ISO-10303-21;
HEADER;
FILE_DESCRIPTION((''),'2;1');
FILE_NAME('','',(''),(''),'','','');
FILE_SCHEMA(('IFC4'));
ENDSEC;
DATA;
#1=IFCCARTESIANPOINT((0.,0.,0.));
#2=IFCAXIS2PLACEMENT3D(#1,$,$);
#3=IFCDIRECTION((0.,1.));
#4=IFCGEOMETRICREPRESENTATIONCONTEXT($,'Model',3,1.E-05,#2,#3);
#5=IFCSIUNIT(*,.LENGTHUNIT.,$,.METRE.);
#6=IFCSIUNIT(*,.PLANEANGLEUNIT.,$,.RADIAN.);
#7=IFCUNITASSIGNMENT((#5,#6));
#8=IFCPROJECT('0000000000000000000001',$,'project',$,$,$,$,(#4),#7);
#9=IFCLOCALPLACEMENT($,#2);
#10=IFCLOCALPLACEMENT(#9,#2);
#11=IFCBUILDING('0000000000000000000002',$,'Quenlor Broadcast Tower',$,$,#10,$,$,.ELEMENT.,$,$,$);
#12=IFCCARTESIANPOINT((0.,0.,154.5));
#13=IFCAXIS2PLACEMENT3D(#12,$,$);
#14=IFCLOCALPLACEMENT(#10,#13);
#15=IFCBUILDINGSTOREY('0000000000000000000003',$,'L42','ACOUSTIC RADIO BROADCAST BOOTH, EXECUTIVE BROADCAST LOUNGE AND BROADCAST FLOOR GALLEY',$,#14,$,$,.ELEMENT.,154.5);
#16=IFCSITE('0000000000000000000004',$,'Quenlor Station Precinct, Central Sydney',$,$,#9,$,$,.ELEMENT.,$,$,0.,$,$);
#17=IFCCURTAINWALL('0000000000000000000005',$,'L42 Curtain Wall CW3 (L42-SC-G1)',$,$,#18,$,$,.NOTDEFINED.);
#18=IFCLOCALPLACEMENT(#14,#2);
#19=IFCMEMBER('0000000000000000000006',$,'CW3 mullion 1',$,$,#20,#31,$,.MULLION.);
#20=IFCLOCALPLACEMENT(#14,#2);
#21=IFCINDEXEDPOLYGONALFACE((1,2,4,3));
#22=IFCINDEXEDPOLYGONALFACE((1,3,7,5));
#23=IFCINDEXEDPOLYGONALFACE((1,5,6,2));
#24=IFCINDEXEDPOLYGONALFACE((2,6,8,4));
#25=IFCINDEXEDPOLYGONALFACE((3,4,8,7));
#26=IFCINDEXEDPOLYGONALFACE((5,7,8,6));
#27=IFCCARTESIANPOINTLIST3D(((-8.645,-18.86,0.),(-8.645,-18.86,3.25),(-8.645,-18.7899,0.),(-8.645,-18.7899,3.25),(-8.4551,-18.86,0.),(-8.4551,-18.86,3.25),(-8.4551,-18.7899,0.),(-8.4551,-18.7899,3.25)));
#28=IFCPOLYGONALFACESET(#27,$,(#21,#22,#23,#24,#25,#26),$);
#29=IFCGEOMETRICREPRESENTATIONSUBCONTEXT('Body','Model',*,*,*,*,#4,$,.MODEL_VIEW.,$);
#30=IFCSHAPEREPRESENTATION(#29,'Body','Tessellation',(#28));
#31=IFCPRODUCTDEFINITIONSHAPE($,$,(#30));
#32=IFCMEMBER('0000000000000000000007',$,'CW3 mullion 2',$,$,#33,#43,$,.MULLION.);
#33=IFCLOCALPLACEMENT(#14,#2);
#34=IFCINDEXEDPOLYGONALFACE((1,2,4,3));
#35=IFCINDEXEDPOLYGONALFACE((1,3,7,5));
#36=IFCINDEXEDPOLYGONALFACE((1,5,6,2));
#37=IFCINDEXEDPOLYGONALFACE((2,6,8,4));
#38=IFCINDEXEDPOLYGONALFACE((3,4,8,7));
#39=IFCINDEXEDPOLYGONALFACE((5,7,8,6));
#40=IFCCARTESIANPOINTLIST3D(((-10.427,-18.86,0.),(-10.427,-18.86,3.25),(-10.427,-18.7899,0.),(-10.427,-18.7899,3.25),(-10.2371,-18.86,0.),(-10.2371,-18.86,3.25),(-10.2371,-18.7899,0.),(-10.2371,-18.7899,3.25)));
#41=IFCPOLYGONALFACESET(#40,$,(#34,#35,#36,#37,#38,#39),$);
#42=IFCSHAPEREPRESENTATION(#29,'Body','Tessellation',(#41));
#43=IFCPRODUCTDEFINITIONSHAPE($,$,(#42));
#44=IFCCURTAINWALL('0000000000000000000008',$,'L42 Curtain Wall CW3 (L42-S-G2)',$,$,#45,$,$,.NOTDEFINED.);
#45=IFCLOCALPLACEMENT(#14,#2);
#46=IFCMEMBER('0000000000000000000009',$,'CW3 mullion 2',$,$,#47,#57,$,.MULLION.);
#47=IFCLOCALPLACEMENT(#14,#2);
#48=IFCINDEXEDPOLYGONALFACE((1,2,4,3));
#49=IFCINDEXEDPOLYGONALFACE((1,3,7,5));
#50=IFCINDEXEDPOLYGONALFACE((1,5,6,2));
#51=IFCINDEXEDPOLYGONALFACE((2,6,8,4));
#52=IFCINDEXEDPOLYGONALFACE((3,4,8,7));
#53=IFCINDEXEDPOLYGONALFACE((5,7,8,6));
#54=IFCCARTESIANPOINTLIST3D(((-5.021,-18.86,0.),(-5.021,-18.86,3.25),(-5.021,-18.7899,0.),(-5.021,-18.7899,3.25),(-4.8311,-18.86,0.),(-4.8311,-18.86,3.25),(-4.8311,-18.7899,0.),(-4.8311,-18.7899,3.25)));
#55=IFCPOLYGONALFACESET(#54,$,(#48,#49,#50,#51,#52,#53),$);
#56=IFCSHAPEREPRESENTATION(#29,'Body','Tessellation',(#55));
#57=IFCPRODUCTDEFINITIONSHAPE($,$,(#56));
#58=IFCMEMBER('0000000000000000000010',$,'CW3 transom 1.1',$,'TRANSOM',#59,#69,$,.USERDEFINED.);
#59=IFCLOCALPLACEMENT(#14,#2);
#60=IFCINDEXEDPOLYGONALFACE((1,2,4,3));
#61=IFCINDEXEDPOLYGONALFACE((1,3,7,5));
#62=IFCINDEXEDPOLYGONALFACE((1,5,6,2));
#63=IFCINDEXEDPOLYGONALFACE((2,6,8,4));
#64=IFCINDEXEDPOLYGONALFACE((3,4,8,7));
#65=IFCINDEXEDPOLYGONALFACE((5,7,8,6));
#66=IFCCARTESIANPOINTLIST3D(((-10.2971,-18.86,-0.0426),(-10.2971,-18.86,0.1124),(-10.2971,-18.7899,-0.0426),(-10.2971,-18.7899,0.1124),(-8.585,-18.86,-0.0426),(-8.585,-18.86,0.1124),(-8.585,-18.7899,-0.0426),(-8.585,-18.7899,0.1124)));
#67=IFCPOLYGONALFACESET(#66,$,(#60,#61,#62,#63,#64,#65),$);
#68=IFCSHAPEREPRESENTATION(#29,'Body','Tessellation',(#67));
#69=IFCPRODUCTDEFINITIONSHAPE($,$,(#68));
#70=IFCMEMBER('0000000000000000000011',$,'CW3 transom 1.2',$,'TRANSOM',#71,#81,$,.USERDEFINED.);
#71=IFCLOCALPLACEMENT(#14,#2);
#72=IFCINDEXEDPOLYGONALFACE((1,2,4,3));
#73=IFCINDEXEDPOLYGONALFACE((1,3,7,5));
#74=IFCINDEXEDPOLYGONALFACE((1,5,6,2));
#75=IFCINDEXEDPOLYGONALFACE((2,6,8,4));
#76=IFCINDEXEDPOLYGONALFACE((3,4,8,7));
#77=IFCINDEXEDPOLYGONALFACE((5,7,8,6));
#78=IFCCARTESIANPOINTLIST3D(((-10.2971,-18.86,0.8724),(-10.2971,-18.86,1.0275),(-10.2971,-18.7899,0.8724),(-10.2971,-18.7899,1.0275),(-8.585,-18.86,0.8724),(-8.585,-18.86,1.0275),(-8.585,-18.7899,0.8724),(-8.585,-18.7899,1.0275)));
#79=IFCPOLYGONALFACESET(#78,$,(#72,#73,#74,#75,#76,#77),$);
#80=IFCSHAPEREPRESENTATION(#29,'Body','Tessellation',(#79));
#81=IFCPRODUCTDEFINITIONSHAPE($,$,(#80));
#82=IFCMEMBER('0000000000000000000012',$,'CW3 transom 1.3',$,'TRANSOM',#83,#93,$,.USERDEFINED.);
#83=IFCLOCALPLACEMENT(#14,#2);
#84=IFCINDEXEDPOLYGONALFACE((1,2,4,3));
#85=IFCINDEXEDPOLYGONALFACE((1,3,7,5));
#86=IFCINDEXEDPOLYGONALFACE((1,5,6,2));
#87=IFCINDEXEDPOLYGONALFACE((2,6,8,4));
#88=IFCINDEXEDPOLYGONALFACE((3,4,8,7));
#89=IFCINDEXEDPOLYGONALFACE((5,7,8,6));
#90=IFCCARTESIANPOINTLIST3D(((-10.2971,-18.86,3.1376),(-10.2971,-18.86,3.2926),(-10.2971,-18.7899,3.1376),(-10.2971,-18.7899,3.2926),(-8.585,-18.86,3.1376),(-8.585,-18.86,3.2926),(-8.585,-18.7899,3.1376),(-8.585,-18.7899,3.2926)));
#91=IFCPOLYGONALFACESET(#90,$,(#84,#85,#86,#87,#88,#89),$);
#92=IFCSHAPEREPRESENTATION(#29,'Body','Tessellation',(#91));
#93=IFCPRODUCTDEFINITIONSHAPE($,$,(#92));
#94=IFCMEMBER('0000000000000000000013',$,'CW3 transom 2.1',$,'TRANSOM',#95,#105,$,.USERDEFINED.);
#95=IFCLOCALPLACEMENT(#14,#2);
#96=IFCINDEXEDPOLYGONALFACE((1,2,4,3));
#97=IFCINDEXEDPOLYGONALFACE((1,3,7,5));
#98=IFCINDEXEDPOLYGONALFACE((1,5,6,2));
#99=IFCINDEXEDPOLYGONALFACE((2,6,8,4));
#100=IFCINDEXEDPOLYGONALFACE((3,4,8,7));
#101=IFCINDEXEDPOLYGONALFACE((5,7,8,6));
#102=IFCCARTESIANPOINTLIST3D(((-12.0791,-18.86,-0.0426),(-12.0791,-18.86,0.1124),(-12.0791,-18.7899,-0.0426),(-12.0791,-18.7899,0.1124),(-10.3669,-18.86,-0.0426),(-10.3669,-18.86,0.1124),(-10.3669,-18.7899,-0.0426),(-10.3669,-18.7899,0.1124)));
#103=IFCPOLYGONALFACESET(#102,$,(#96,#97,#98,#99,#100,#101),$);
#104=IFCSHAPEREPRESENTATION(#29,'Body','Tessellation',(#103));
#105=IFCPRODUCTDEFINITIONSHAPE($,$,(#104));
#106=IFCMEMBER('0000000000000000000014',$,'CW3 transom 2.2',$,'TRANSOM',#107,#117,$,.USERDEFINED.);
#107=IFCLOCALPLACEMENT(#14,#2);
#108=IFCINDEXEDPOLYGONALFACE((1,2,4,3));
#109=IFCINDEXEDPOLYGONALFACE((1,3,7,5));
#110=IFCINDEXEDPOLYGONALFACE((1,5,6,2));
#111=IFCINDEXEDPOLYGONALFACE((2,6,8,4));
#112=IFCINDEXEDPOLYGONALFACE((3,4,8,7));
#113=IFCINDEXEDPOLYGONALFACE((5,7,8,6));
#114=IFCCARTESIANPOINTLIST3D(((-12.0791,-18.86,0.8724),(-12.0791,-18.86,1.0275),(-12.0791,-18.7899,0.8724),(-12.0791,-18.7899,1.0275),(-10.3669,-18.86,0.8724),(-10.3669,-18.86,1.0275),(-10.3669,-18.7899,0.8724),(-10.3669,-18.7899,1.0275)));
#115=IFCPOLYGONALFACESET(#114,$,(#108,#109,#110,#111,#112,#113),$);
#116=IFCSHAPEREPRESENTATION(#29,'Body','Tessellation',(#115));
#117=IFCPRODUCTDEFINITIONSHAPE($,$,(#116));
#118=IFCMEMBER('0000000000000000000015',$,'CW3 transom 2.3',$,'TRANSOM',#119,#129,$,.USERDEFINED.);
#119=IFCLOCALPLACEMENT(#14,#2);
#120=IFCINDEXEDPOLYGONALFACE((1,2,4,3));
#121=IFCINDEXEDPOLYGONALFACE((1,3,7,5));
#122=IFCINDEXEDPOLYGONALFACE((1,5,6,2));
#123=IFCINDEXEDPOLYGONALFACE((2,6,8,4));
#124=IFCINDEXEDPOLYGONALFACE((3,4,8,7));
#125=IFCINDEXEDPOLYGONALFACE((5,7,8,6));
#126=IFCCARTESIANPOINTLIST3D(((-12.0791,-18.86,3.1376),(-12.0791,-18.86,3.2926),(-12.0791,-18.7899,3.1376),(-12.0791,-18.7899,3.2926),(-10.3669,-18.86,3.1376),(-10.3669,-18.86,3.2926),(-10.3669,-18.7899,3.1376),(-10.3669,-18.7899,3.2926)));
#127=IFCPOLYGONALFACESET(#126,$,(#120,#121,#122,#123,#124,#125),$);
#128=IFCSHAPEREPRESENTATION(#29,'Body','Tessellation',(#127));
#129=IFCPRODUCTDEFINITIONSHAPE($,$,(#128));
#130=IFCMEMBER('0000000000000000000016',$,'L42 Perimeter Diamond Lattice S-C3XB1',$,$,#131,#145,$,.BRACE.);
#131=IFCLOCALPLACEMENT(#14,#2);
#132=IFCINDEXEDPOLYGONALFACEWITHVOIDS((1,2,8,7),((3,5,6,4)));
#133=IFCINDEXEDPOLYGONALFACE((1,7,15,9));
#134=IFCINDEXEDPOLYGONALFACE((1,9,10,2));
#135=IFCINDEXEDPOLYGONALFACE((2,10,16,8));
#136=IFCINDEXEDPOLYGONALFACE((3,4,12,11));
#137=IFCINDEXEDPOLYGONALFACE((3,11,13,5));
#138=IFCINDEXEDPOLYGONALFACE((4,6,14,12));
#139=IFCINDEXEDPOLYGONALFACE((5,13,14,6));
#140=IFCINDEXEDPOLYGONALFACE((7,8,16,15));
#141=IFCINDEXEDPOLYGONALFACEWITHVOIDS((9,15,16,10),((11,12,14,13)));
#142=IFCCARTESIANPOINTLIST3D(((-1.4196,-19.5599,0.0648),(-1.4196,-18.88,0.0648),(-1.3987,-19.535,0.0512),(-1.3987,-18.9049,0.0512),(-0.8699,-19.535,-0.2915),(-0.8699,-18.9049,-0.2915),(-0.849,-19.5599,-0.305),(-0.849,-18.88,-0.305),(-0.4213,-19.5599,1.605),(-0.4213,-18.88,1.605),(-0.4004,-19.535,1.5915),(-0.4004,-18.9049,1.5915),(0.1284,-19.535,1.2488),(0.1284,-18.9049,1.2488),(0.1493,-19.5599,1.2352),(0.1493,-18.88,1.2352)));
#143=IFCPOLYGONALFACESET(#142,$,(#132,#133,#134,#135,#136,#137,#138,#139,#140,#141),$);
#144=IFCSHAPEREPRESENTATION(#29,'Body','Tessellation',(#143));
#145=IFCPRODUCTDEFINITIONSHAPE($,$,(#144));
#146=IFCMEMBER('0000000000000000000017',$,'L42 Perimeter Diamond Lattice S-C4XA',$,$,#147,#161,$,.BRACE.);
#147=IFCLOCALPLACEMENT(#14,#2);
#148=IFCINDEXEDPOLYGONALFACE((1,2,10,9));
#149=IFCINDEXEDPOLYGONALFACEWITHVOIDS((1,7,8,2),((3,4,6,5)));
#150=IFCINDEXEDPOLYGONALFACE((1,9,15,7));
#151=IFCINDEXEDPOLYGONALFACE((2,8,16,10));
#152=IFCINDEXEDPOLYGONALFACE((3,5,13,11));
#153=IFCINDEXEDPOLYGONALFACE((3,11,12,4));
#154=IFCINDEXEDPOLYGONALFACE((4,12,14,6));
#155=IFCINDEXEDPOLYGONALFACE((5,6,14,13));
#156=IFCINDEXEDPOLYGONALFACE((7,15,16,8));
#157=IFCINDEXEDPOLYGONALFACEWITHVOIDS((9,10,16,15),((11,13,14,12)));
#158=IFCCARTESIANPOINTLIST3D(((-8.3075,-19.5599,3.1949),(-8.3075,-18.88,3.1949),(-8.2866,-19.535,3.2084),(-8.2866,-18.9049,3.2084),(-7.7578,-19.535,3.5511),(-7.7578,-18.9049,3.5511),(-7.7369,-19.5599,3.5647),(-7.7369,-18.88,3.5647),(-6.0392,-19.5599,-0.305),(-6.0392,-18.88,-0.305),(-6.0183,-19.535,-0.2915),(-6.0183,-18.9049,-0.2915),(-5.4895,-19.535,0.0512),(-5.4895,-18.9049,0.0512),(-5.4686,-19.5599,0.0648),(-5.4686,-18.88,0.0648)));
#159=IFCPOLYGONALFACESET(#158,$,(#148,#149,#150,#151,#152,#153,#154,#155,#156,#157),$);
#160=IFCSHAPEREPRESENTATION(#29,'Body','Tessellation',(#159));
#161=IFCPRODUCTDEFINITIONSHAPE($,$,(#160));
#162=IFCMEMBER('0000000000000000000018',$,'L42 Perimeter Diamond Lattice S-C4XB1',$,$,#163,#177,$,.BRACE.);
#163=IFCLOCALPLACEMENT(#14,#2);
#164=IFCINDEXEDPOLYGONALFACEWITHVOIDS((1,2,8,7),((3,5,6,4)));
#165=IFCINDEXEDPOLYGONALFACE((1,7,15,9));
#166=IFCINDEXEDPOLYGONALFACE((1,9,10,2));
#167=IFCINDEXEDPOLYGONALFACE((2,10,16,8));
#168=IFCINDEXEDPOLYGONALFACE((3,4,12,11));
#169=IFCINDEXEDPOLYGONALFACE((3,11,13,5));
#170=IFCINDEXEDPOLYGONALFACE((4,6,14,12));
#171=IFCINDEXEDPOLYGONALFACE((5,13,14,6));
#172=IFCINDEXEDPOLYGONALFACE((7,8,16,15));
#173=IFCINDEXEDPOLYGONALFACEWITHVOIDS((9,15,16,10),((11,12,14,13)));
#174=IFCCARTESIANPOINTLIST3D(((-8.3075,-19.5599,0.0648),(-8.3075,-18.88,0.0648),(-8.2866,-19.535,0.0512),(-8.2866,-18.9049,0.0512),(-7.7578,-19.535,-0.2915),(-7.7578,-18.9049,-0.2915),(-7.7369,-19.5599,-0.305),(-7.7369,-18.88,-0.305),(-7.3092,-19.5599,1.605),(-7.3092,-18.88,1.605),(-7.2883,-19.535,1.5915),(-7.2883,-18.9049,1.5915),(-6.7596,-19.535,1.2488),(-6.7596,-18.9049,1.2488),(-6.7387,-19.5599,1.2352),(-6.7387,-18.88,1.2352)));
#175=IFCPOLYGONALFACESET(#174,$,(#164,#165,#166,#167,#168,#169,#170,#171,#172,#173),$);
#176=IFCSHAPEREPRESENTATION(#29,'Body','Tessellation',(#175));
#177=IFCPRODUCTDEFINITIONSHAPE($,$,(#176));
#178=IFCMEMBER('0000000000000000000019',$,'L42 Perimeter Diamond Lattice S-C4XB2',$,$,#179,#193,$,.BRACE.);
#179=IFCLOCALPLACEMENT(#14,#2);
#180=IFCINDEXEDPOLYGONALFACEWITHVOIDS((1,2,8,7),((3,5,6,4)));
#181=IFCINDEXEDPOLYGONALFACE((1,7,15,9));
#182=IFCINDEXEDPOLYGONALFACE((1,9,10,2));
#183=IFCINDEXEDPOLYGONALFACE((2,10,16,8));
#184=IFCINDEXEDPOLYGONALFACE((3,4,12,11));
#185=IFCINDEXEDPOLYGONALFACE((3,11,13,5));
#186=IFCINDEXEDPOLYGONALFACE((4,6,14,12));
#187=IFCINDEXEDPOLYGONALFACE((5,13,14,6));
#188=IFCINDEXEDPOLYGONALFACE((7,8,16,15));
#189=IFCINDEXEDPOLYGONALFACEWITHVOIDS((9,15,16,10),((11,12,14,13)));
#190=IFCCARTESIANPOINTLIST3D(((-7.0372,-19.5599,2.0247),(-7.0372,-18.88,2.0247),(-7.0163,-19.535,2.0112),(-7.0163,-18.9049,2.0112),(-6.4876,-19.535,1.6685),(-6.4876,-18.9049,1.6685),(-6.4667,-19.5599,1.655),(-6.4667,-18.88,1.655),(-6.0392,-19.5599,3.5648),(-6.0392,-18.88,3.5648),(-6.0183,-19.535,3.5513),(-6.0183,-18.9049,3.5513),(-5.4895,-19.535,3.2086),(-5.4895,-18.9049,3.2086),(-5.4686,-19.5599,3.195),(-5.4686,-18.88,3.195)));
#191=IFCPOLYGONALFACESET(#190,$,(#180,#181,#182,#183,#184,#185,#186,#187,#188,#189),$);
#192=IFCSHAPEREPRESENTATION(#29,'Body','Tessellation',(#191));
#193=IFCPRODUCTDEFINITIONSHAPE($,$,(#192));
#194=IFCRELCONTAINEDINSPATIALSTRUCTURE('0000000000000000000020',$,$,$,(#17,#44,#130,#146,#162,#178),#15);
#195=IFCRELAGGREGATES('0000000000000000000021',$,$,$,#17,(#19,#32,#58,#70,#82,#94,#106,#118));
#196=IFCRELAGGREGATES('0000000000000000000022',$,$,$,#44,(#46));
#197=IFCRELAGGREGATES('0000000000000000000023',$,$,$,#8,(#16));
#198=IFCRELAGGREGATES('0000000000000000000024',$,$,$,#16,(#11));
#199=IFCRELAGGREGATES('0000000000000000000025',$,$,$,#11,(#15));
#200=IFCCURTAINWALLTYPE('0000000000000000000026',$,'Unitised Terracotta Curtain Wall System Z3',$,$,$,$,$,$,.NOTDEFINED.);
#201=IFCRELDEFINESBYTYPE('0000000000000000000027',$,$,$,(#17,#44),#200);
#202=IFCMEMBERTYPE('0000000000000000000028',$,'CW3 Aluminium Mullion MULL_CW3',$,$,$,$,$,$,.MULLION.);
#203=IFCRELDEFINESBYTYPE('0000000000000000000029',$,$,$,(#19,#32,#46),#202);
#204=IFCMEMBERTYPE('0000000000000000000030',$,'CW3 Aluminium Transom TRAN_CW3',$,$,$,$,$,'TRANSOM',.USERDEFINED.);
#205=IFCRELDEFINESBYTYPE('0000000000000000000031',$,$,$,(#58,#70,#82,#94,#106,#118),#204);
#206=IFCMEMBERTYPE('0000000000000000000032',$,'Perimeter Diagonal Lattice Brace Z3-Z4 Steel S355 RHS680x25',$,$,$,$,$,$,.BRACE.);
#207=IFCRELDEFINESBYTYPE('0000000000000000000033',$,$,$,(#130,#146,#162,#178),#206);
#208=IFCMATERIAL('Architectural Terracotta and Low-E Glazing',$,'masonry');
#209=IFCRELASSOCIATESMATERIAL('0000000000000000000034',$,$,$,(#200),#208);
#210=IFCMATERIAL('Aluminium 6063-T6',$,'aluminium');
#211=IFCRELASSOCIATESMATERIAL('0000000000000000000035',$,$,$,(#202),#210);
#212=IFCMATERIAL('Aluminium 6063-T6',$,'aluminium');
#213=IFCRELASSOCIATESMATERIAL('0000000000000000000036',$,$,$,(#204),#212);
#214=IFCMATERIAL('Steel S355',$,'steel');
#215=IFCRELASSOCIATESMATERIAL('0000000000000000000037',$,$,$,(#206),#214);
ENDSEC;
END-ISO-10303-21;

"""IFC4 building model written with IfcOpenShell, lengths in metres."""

from ifc_helpers import new_model, si_unit, direction, frame, origin, origin_2d, place, context, subcontext, project, spatial, rectangle, hollow_rectangle, extrude, material, material_profile, profile_set, type_object, element, aggregate, save


model = new_model("IFC4")

# Units and contexts
model_context = context("Model", 3, precision=1e-05, world=origin(), true_north=direction((0.0, 1.0)))
body_context = subcontext(model_context, "Body", "Model", "MODEL_VIEW")
ifc_project = project(units=[si_unit("LENGTHUNIT", "METRE"), si_unit("PLANEANGLEUNIT", "RADIAN")], contexts=[model_context])

# Site, building, storey
site_placement = place(None, origin())
site = spatial("IfcSite", under=ifc_project, at=site_placement, Name="Quenlor Station Precinct, Central Sydney", CompositionType="ELEMENT", RefElevation=0.0)
building_placement = place(site_placement, origin())
building = spatial("IfcBuilding", under=site, at=building_placement, Name="Quenlor Broadcast Tower", CompositionType="ELEMENT")
storey_placement = place(building_placement, frame((0.0, 0.0, 154.5)))
storey = spatial("IfcBuildingStorey", under=building, at=storey_placement, Name="L42", Description="ACOUSTIC RADIO BROADCAST BOOTH, EXECUTIVE BROADCAST LOUNGE AND BROADCAST FLOOR GALLEY", CompositionType="ELEMENT", Elevation=154.5)

# Curtain wall, members
ifc_material_1 = material(Name="Architectural Terracotta and Low-E Glazing", Category="masonry")
curtain_wall_type = type_object("IfcCurtainWallType", Name="Unitised Terracotta Curtain Wall System Z3", PredefinedType="NOTDEFINED", material=ifc_material_1)
curtain_wall_1_placement = place(storey_placement, origin())
curtain_wall_1 = element("IfcCurtainWall", 1, at=curtain_wall_1_placement, inside=storey, type_object=curtain_wall_type, Name="L42 Curtain Wall CW3 (L42-SC-G1)", PredefinedType="NOTDEFINED")
ifc_material_2 = material(Name="Aluminium 6063-T6", Category="aluminium")
ifc_material_profile_1 = material_profile(ifc_material_2, rectangle(XDim=0.0701, YDim=0.1899, at=origin_2d()))
ifc_profile_set_1 = profile_set([ifc_material_profile_1], Name="Aluminium 6063-T6 MULL70x190")
member_type_1 = type_object("IfcMemberType", Name="CW3 Aluminium Mullion MULL_CW3", PredefinedType="MULLION", material=ifc_profile_set_1)
member_1_placement = place(storey_placement, frame((-8.55, -18.825, 0.0), z_axis=(0.0, 0.0, 1.0), x_axis=(0.0, -1.0, 0.0)))
member_1 = element("IfcMember", 2, at=member_1_placement, type_object=member_type_1, Name="CW3 mullion 1", PredefinedType="MULLION", context=body_context, shape_type="SweptSolid", body=[
    extrude(rectangle(XDim=0.0701, YDim=0.1899, at=origin_2d()), origin(), (0.0, 0.0, 1.0), 3.25),
])
member_2_placement = place(storey_placement, frame((-10.332, -18.825, 0.0), z_axis=(0.0, 0.0, 1.0), x_axis=(0.0, -1.0, 0.0)))
member_2 = element("IfcMember", 3, at=member_2_placement, type_object=member_type_1, Name="CW3 mullion 2", PredefinedType="MULLION", context=body_context, shape_type="SweptSolid", body=[
    extrude(rectangle(XDim=0.0701, YDim=0.1899, at=origin_2d()), origin(), (0.0, 0.0, 1.0), 3.25),
])

# Curtain wall, member
curtain_wall_2_placement = place(storey_placement, origin())
curtain_wall_2 = element("IfcCurtainWall", 4, at=curtain_wall_2_placement, inside=storey, type_object=curtain_wall_type, Name="L42 Curtain Wall CW3 (L42-S-G2)", PredefinedType="NOTDEFINED")
member_3_placement = place(storey_placement, frame((-4.926, -18.825, 0.0), z_axis=(0.0, 0.0, 1.0), x_axis=(0.0, -1.0, 0.0)))
member_3 = element("IfcMember", 5, at=member_3_placement, type_object=member_type_1, Name="CW3 mullion 2", PredefinedType="MULLION", context=body_context, shape_type="SweptSolid", body=[
    extrude(rectangle(XDim=0.0701, YDim=0.1899, at=origin_2d()), origin(), (0.0, 0.0, 1.0), 3.25),
])

# Members
ifc_material_3 = material(Name="Aluminium 6063-T6", Category="aluminium")
ifc_material_profile_2 = material_profile(ifc_material_3, rectangle(XDim=0.0701, YDim=0.155, at=origin_2d()))
ifc_profile_set_2 = profile_set([ifc_material_profile_2], Name="Aluminium 6063-T6 TRAN70x155")
member_type_2 = type_object("IfcMemberType", Name="CW3 Aluminium Transom TRAN_CW3", ElementType="TRANSOM", PredefinedType="USERDEFINED", material=ifc_profile_set_2)
member_4_placement = place(storey_placement, frame((-8.585, -18.825, 0.0349), z_axis=(-1.0, 0.0, 0.0), x_axis=(0.0, -1.0, 0.0)))
member_4 = element("IfcMember", 6, at=member_4_placement, type_object=member_type_2, Name="CW3 transom 1.1", ObjectType="TRANSOM", PredefinedType="USERDEFINED", context=body_context, shape_type="SweptSolid", body=[
    extrude(rectangle(XDim=0.0701, YDim=0.155, at=origin_2d()), origin(), (0.0, 0.0, 1.0), 1.7122),
])
member_5_placement = place(storey_placement, frame((-8.585, -18.825, 0.95), z_axis=(-1.0, 0.0, 0.0), x_axis=(0.0, -1.0, 0.0)))
member_5 = element("IfcMember", 7, at=member_5_placement, type_object=member_type_2, Name="CW3 transom 1.2", ObjectType="TRANSOM", PredefinedType="USERDEFINED", context=body_context, shape_type="SweptSolid", body=[
    extrude(rectangle(XDim=0.0701, YDim=0.155, at=origin_2d()), origin(), (0.0, 0.0, 1.0), 1.7122),
])
member_6_placement = place(storey_placement, frame((-8.585, -18.825, 3.2151), z_axis=(-1.0, 0.0, 0.0), x_axis=(0.0, -1.0, 0.0)))
member_6 = element("IfcMember", 8, at=member_6_placement, type_object=member_type_2, Name="CW3 transom 1.3", ObjectType="TRANSOM", PredefinedType="USERDEFINED", context=body_context, shape_type="SweptSolid", body=[
    extrude(rectangle(XDim=0.0701, YDim=0.155, at=origin_2d()), origin(), (0.0, 0.0, 1.0), 1.7122),
])
member_7_placement = place(storey_placement, frame((-10.3669, -18.825, 0.0349), z_axis=(-1.0, 0.0, 0.0), x_axis=(0.0, -1.0, 0.0)))
member_7 = element("IfcMember", 9, at=member_7_placement, type_object=member_type_2, Name="CW3 transom 2.1", ObjectType="TRANSOM", PredefinedType="USERDEFINED", context=body_context, shape_type="SweptSolid", body=[
    extrude(rectangle(XDim=0.0701, YDim=0.155, at=origin_2d()), origin(), (0.0, 0.0, 1.0), 1.7122),
])
member_8_placement = place(storey_placement, frame((-10.3669, -18.825, 0.95), z_axis=(-1.0, 0.0, 0.0), x_axis=(0.0, -1.0, 0.0)))
member_8 = element("IfcMember", 10, at=member_8_placement, type_object=member_type_2, Name="CW3 transom 2.2", ObjectType="TRANSOM", PredefinedType="USERDEFINED", context=body_context, shape_type="SweptSolid", body=[
    extrude(rectangle(XDim=0.0701, YDim=0.155, at=origin_2d()), origin(), (0.0, 0.0, 1.0), 1.7122),
])
member_9_placement = place(storey_placement, frame((-10.3669, -18.825, 3.2151), z_axis=(-1.0, 0.0, 0.0), x_axis=(0.0, -1.0, 0.0)))
member_9 = element("IfcMember", 11, at=member_9_placement, type_object=member_type_2, Name="CW3 transom 2.3", ObjectType="TRANSOM", PredefinedType="USERDEFINED", context=body_context, shape_type="SweptSolid", body=[
    extrude(rectangle(XDim=0.0701, YDim=0.155, at=origin_2d()), origin(), (0.0, 0.0, 1.0), 1.7122),
])

# Members
ifc_material_4 = material(Name="Steel S355", Category="steel")
ifc_material_profile_3 = material_profile(ifc_material_4, hollow_rectangle(XDim=0.6799, YDim=0.6799, WallThickness=0.0249, at=origin_2d()))
ifc_profile_set_3 = profile_set([ifc_material_profile_3], Name="Steel S355 RHS680x680x25")
member_type_3 = type_object("IfcMemberType", Name="Perimeter Diagonal Lattice Brace Z3-Z4 Steel S355 RHS680x25", PredefinedType="BRACE", material=ifc_profile_set_3)
member_10_placement = place(storey_placement, frame((-1.1343, -19.22, -0.1201), z_axis=(0.54388, 0.0, 0.839163), x_axis=(0.0, 1.0, 0.0)))
element("IfcMember", 12, at=member_10_placement, inside=storey, type_object=member_type_3, Name="L42 Perimeter Diamond Lattice S-C3XB1", PredefinedType="BRACE", context=body_context, shape_type="SweptSolid", body=[
    extrude(hollow_rectangle(XDim=0.6799, YDim=0.6799, WallThickness=0.0249, at=origin_2d()), origin(), (0.0, 0.0, 1.0), 1.8354),
])
member_11_placement = place(storey_placement, frame((-5.7539, -19.22, -0.1201), z_axis=(-0.54386, 0.0, 0.839176), x_axis=(0.0, -1.0, 0.0)))
element("IfcMember", 13, at=member_11_placement, inside=storey, type_object=member_type_3, Name="L42 Perimeter Diamond Lattice S-C4XA", PredefinedType="BRACE", context=body_context, shape_type="SweptSolid", body=[
    extrude(hollow_rectangle(XDim=0.6799, YDim=0.6799, WallThickness=0.0249, at=origin_2d()), origin(), (0.0, 0.0, 1.0), 4.1707),
])
member_12_placement = place(storey_placement, frame((-8.0222, -19.22, -0.1201), z_axis=(0.54388, 0.0, 0.839163), x_axis=(0.0, 1.0, 0.0)))
element("IfcMember", 14, at=member_12_placement, inside=storey, type_object=member_type_3, Name="L42 Perimeter Diamond Lattice S-C4XB1", PredefinedType="BRACE", context=body_context, shape_type="SweptSolid", body=[
    extrude(hollow_rectangle(XDim=0.6799, YDim=0.6799, WallThickness=0.0249, at=origin_2d()), origin(), (0.0, 0.0, 1.0), 1.8354),
])
member_13_placement = place(storey_placement, frame((-6.752, -19.22, 1.8398), z_axis=(0.543847, 0.0, 0.839184), x_axis=(0.0, 1.0, 0.0)))
element("IfcMember", 15, at=member_13_placement, inside=storey, type_object=member_type_3, Name="L42 Perimeter Diamond Lattice S-C4XB2", PredefinedType="BRACE", context=body_context, shape_type="SweptSolid", body=[
    extrude(hollow_rectangle(XDim=0.6799, YDim=0.6799, WallThickness=0.0249, at=origin_2d()), origin(), (0.0, 0.0, 1.0), 1.8352),
])

aggregate(curtain_wall_1, [member_1, member_2, member_4, member_5, member_6, member_7, member_8, member_9])
aggregate(curtain_wall_2, [member_3])

save(model, "model.ifc")
